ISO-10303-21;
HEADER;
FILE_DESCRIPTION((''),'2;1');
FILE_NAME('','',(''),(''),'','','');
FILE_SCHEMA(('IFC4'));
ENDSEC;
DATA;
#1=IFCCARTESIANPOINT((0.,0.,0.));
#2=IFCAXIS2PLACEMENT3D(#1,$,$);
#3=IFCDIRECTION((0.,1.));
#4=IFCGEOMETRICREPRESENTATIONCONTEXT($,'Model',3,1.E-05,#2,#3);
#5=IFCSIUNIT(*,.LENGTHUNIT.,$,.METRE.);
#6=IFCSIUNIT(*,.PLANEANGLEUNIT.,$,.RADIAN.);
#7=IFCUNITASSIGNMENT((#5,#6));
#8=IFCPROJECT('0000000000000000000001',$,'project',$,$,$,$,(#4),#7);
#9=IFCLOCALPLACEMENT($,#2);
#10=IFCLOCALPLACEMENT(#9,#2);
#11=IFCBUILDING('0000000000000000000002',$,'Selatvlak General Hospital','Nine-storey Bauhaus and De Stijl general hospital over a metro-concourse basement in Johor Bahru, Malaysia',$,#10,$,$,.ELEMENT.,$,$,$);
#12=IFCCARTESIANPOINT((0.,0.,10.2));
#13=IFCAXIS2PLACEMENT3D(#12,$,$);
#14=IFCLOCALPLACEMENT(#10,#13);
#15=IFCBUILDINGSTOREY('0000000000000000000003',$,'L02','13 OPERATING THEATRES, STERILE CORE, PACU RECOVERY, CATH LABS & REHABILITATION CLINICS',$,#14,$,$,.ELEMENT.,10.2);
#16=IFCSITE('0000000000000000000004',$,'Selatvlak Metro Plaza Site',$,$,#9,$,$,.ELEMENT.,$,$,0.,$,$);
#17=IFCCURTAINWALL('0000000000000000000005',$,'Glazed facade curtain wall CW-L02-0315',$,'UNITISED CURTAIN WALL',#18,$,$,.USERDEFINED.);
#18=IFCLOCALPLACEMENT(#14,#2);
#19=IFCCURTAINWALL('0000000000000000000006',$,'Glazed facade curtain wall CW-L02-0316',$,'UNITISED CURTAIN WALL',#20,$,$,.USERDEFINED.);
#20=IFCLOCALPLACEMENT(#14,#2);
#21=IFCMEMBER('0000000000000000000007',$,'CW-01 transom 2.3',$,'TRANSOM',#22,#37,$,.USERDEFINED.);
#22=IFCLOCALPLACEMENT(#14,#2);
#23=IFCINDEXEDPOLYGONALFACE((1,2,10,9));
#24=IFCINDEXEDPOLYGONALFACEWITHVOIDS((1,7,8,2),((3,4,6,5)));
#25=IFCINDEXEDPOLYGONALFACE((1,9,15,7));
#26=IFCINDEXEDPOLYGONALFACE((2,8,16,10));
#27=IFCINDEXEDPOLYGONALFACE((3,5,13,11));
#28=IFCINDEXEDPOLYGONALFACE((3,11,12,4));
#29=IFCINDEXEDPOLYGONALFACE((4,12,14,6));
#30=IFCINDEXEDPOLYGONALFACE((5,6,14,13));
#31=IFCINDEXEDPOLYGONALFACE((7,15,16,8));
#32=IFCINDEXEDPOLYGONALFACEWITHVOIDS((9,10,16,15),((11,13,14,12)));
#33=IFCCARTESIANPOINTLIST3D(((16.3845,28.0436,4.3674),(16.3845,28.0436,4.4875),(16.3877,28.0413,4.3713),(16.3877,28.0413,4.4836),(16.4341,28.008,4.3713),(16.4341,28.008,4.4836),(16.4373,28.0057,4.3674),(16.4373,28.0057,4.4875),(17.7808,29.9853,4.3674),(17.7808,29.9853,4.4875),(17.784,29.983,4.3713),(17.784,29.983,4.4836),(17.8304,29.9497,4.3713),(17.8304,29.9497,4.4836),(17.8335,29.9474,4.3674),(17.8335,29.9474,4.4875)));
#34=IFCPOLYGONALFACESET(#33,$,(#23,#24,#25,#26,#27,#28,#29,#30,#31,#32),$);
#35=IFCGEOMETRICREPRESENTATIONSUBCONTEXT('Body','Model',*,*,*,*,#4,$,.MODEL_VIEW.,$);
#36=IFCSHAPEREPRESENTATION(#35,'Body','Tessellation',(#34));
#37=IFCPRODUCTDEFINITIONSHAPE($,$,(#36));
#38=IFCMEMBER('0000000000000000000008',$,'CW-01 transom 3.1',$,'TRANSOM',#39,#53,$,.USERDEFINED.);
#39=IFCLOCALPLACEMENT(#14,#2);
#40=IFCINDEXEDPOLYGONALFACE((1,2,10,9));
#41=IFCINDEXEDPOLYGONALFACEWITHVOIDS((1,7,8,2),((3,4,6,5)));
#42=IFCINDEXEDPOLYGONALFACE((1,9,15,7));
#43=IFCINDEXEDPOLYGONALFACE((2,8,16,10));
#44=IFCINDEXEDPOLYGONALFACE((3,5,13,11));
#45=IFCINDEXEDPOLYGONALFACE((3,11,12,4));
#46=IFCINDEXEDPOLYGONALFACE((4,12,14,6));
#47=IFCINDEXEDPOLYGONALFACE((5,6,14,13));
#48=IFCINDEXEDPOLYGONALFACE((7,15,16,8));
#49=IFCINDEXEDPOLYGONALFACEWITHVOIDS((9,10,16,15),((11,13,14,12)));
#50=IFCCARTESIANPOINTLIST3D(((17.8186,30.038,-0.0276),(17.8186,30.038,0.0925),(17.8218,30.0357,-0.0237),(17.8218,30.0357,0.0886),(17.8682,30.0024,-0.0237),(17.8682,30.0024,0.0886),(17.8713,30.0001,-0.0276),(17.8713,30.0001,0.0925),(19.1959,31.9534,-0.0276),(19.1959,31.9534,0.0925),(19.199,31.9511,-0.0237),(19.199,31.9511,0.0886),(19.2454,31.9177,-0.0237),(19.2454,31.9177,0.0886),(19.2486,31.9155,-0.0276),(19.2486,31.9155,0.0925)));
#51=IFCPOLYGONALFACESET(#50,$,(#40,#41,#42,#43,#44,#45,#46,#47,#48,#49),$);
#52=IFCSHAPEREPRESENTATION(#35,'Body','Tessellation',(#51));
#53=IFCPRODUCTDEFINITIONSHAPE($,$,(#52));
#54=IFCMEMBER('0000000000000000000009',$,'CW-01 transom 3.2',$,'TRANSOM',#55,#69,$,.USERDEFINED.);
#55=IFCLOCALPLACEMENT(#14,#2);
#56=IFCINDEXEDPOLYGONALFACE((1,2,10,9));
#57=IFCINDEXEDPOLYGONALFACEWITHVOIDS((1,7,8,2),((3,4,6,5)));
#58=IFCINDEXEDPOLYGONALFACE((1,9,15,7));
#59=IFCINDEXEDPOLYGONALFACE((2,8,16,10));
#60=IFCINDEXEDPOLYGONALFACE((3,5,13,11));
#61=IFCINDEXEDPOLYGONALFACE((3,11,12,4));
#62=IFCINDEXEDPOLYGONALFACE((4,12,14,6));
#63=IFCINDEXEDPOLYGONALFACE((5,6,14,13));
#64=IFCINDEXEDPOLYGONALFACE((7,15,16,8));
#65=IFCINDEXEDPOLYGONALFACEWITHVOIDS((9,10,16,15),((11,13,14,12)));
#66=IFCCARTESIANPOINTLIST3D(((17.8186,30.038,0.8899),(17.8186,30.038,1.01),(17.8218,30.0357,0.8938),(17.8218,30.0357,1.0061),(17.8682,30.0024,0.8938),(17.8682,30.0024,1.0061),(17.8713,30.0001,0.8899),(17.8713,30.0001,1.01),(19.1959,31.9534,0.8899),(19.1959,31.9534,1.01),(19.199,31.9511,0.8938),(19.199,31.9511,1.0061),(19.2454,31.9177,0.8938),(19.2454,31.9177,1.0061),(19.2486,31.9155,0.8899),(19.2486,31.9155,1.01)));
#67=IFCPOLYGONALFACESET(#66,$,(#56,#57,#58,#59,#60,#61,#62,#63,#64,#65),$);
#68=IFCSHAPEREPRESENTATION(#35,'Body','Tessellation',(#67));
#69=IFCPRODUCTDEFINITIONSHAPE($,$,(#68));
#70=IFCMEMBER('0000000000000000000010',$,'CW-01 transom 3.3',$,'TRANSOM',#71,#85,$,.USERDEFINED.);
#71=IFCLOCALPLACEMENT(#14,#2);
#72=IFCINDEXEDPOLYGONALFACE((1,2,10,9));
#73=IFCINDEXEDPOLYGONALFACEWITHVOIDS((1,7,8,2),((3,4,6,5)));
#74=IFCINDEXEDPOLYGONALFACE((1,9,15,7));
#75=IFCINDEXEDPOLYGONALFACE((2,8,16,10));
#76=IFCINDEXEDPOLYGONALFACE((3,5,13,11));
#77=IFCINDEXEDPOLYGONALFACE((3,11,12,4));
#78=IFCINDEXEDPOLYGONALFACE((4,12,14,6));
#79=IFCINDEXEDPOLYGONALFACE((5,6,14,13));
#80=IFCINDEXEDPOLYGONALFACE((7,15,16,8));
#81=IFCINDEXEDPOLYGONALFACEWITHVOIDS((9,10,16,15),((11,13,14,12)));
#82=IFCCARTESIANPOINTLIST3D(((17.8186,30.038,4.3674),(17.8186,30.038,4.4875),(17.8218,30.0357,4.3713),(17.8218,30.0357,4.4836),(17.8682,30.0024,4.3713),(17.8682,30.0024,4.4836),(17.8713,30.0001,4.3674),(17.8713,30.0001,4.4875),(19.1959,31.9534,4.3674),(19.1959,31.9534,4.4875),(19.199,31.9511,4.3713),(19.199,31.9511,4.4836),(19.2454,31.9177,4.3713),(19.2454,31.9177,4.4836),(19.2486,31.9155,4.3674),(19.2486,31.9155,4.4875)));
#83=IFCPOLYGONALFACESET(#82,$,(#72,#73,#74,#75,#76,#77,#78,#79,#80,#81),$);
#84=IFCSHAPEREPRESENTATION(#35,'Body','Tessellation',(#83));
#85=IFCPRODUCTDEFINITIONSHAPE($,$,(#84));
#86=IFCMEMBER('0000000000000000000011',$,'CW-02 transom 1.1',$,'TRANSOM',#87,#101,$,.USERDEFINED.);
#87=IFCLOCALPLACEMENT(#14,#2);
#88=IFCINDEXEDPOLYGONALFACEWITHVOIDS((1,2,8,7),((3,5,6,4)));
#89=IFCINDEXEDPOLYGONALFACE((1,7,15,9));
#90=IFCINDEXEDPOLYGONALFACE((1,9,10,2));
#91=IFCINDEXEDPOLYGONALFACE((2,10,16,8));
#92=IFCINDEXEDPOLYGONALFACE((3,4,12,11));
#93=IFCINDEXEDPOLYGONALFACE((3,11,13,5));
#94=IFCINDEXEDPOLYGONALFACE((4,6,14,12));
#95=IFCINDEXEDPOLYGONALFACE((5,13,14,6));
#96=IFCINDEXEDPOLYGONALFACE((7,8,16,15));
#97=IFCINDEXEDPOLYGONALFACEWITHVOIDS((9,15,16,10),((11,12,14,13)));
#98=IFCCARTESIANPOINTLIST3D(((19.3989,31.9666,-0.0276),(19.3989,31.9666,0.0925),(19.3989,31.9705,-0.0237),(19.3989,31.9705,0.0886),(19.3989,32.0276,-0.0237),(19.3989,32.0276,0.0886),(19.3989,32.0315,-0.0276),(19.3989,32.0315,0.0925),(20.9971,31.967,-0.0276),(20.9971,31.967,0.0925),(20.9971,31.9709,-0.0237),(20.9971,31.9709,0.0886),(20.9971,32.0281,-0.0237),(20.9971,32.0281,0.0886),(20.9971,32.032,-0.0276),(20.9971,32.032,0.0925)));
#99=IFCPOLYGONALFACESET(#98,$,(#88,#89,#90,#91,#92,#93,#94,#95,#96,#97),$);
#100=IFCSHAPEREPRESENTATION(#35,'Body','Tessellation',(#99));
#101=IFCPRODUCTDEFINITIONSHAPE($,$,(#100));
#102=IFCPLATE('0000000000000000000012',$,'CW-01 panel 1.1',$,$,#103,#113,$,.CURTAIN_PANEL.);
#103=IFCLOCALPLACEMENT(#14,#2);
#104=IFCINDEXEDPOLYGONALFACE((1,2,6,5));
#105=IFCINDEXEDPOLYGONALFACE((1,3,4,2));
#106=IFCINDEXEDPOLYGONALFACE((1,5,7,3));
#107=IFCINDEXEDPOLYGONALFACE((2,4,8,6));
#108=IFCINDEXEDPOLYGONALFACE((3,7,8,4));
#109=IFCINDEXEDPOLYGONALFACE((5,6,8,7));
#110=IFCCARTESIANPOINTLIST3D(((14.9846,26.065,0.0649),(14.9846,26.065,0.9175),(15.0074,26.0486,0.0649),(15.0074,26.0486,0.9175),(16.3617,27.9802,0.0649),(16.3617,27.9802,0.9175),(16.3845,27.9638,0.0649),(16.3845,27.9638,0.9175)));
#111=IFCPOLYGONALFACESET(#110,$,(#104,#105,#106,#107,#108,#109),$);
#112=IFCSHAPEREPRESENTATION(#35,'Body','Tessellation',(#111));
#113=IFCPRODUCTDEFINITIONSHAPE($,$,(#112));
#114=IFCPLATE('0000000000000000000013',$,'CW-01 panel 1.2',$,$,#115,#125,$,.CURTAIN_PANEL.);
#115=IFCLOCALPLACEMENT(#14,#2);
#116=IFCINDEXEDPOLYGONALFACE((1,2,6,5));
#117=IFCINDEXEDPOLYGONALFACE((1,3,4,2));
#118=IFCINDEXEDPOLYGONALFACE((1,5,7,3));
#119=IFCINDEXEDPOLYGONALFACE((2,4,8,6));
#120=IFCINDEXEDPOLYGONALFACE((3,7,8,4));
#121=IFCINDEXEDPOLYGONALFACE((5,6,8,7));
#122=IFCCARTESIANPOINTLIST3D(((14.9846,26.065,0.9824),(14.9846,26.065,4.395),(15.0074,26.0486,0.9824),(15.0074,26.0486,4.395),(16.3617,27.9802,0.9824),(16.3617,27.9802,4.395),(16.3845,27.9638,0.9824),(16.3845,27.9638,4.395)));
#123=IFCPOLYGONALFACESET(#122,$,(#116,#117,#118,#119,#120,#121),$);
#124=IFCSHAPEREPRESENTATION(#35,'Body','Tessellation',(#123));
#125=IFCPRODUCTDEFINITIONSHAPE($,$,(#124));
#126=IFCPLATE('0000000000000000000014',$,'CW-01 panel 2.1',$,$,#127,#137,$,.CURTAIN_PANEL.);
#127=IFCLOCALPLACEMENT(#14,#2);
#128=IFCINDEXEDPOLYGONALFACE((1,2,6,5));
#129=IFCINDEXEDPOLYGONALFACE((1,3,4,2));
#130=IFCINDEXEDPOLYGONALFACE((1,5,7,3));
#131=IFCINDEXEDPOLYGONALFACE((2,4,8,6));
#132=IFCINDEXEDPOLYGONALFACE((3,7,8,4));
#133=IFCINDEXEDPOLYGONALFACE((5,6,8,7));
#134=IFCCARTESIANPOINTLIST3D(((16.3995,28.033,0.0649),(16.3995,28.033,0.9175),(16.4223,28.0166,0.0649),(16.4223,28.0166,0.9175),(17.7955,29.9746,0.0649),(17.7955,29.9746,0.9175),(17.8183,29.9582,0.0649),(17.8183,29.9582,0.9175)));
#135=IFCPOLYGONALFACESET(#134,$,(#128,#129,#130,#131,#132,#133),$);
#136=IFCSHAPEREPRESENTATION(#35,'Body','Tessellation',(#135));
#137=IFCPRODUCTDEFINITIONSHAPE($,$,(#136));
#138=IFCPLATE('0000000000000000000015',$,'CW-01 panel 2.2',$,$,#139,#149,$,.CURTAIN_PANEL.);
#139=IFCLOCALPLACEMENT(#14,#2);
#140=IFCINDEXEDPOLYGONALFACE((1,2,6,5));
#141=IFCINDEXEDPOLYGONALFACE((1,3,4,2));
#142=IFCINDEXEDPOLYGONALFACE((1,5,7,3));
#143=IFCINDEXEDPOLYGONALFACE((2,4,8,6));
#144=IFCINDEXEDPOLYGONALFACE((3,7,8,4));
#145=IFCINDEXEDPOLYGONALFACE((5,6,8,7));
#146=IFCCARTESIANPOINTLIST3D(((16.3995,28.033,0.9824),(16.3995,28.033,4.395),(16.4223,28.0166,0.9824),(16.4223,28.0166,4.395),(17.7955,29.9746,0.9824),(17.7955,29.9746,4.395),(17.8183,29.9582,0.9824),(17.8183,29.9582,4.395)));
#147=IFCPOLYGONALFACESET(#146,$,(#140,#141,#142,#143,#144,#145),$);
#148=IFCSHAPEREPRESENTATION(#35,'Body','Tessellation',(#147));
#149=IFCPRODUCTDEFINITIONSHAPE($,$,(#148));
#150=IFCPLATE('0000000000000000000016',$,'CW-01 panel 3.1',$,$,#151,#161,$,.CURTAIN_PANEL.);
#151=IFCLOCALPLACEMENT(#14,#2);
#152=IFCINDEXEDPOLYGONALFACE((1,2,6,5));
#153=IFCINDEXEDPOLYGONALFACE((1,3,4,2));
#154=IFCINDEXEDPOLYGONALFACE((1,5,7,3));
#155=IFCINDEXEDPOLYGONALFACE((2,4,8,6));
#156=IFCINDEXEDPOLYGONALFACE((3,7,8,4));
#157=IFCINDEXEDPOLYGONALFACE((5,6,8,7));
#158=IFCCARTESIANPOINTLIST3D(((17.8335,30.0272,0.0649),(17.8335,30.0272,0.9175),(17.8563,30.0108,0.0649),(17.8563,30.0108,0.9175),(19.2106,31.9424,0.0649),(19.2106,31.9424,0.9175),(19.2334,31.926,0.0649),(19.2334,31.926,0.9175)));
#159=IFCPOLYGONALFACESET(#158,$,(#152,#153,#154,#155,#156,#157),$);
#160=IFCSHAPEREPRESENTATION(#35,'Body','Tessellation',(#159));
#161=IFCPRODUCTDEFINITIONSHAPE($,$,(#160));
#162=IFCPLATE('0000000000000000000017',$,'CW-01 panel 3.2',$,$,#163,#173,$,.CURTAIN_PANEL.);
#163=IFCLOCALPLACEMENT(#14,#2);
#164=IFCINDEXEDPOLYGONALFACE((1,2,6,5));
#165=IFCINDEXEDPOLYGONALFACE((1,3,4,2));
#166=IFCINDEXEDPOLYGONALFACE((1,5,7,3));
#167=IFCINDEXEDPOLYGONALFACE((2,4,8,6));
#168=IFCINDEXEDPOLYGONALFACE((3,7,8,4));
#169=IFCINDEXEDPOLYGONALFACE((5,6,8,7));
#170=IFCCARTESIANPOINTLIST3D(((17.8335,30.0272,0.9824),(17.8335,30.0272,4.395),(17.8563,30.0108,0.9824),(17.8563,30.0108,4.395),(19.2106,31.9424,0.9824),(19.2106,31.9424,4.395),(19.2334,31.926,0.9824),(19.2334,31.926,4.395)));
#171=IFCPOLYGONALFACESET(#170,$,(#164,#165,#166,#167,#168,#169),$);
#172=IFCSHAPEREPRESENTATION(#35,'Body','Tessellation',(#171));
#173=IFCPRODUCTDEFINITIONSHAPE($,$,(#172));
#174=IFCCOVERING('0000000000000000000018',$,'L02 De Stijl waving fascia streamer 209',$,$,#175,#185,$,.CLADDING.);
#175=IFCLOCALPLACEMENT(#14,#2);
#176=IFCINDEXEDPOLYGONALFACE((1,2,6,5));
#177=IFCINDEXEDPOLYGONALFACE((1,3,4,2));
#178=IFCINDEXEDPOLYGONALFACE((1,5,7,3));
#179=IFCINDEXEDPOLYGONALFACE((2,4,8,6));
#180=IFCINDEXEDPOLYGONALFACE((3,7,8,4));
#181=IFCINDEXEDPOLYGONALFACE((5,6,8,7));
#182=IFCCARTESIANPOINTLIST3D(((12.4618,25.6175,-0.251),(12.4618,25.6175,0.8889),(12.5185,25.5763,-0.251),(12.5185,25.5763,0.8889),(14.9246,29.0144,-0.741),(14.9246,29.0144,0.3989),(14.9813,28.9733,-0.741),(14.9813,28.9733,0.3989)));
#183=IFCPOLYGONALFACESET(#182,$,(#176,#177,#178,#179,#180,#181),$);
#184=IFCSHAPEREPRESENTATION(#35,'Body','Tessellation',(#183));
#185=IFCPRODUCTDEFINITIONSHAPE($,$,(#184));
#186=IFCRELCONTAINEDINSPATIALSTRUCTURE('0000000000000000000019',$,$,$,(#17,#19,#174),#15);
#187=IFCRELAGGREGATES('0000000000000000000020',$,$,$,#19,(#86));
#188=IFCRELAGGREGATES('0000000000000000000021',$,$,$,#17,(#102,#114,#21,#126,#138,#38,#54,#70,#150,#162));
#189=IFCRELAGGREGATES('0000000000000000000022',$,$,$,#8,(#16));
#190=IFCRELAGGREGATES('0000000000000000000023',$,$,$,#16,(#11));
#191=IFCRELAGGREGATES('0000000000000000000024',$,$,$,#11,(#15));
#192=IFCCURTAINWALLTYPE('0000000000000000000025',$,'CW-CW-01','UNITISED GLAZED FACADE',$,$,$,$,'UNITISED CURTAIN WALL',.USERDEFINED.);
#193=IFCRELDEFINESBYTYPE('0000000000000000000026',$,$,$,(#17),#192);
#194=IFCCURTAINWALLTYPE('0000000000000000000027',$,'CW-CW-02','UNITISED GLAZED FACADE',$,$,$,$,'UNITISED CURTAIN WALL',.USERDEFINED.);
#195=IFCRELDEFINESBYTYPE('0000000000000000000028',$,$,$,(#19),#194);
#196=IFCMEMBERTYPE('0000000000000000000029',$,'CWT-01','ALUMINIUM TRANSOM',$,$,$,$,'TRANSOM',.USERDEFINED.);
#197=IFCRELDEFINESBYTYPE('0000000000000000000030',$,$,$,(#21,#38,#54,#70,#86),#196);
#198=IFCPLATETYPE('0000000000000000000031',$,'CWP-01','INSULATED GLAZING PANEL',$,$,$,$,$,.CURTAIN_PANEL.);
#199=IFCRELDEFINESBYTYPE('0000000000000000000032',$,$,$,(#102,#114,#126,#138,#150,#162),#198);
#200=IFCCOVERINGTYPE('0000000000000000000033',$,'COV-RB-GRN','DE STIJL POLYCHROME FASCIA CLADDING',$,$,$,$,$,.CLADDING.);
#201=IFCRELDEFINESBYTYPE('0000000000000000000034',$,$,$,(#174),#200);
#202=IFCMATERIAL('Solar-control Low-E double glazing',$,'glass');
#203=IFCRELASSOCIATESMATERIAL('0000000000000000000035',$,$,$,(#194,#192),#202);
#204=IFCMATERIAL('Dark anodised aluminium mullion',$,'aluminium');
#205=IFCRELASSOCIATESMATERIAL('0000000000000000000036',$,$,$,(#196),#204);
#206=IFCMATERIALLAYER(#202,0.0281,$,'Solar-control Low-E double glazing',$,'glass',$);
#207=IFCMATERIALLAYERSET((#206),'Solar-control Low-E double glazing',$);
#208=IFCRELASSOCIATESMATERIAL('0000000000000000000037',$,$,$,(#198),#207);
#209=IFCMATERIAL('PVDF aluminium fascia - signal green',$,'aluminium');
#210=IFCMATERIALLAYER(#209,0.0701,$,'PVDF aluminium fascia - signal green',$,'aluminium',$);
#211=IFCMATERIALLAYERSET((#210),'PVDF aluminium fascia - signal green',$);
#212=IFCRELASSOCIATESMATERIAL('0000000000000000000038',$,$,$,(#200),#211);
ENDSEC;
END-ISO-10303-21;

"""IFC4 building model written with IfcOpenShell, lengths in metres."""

from ifc_helpers import new_model, si_unit, direction, frame, origin, origin_2d, place, context, subcontext, project, spatial, polyline, rectangle, hollow_rectangle, outline, extrude, material, layer, layer_set, material_profile, profile_set, type_object, element, aggregate, save


model = new_model("IFC4")

# Units and contexts
model_context = context("Model", 3, precision=1e-05, world=origin(), true_north=direction((0.0, 1.0)))
body_context = subcontext(model_context, "Body", "Model", "MODEL_VIEW")
ifc_project = project(units=[si_unit("LENGTHUNIT", "METRE"), si_unit("PLANEANGLEUNIT", "RADIAN")], contexts=[model_context])

# Site, building, storey
site_placement = place(None, origin())
site = spatial("IfcSite", under=ifc_project, at=site_placement, Name="Selatvlak Metro Plaza Site", CompositionType="ELEMENT", RefElevation=0.0)
building_placement = place(site_placement, origin())
building = spatial("IfcBuilding", under=site, at=building_placement, Name="Selatvlak General Hospital", Description="Nine-storey Bauhaus and De Stijl general hospital over a metro-concourse basement in Johor Bahru, Malaysia", CompositionType="ELEMENT")
storey_placement = place(building_placement, frame((0.0, 0.0, 10.2)))
storey = spatial("IfcBuildingStorey", under=building, at=storey_placement, Name="L02", Description="13 OPERATING THEATRES, STERILE CORE, PACU RECOVERY, CATH LABS & REHABILITATION CLINICS", CompositionType="ELEMENT", Elevation=10.2)

# Shared definitions
ifc_material_1 = material(Name="Solar-control Low-E double glazing", Category="glass")
curtain_wall_type_1 = type_object("IfcCurtainWallType", Name="CW-CW-02", Description="UNITISED GLAZED FACADE", ElementType="UNITISED CURTAIN WALL", PredefinedType="USERDEFINED", material=ifc_material_1)
ifc_material_2 = material(Name="Dark anodised aluminium mullion", Category="aluminium")

# Curtain wall
curtain_wall_type_2 = type_object("IfcCurtainWallType", Name="CW-CW-01", Description="UNITISED GLAZED FACADE", ElementType="UNITISED CURTAIN WALL", PredefinedType="USERDEFINED", material=ifc_material_1)
curtain_wall_1_placement = place(storey_placement, origin())
curtain_wall_1 = element("IfcCurtainWall", 1, at=curtain_wall_1_placement, inside=storey, type_object=curtain_wall_type_2, Name="Glazed facade curtain wall CW-L02-0315", ObjectType="UNITISED CURTAIN WALL", PredefinedType="USERDEFINED")

# Curtain wall
curtain_wall_2_placement = place(storey_placement, origin())
curtain_wall_2 = element("IfcCurtainWall", 2, at=curtain_wall_2_placement, inside=storey, type_object=curtain_wall_type_1, Name="Glazed facade curtain wall CW-L02-0316", ObjectType="UNITISED CURTAIN WALL", PredefinedType="USERDEFINED")

# Members
ifc_material_profile_1 = material_profile(ifc_material_2, hollow_rectangle(XDim=0.0649, YDim=0.1201, WallThickness=0.0039, at=origin_2d()), Name="AL-TRN 65x120x4")
ifc_profile_set_1 = profile_set([ifc_material_profile_1], Name="Dark anodised aluminium mullion")
member_type_1 = type_object("IfcMemberType", Name="CWT-01", Description="ALUMINIUM TRANSOM", ElementType="TRANSOM", PredefinedType="USERDEFINED", material=ifc_profile_set_1)
member_1_placement = place(storey_placement, frame((16.4109, 28.0247, 4.4275), z_axis=(0.583823, 0.811881, 0.0), x_axis=(-0.811881, 0.583823, 0.0)))
member_1 = element("IfcMember", 3, at=member_1_placement, type_object=member_type_1, Name="CW-01 transom 2.3", ObjectType="TRANSOM", PredefinedType="USERDEFINED", context=body_context, shape_type="SweptSolid", body=[
    extrude(hollow_rectangle(XDim=0.0649, YDim=0.1201, WallThickness=0.0039, at=origin_2d()), origin(), (0.0, 0.0, 1.0), 2.3916),
])
member_2_placement = place(storey_placement, frame((17.845, 30.019, 0.0325), z_axis=(0.5838, 0.811897, 0.0), x_axis=(-0.811897, 0.5838, 0.0)))
member_2 = element("IfcMember", 4, at=member_2_placement, type_object=member_type_1, Name="CW-01 transom 3.1", ObjectType="TRANSOM", PredefinedType="USERDEFINED", context=body_context, shape_type="SweptSolid", body=[
    extrude(hollow_rectangle(XDim=0.0649, YDim=0.1201, WallThickness=0.0039, at=origin_2d()), origin(), (0.0, 0.0, 1.0), 2.3591),
])
member_3_placement = place(storey_placement, frame((17.845, 30.019, 0.95), z_axis=(0.5838, 0.811897, 0.0), x_axis=(-0.811897, 0.5838, 0.0)))
member_3 = element("IfcMember", 5, at=member_3_placement, type_object=member_type_1, Name="CW-01 transom 3.2", ObjectType="TRANSOM", PredefinedType="USERDEFINED", context=body_context, shape_type="SweptSolid", body=[
    extrude(hollow_rectangle(XDim=0.0649, YDim=0.1201, WallThickness=0.0039, at=origin_2d()), origin(), (0.0, 0.0, 1.0), 2.3591),
])
member_4_placement = place(storey_placement, frame((17.845, 30.019, 4.4275), z_axis=(0.5838, 0.811897, 0.0), x_axis=(-0.811897, 0.5838, 0.0)))
member_4 = element("IfcMember", 6, at=member_4_placement, type_object=member_type_1, Name="CW-01 transom 3.3", ObjectType="TRANSOM", PredefinedType="USERDEFINED", context=body_context, shape_type="SweptSolid", body=[
    extrude(hollow_rectangle(XDim=0.0649, YDim=0.1201, WallThickness=0.0039, at=origin_2d()), origin(), (0.0, 0.0, 1.0), 2.3591),
])
member_5_placement = place(storey_placement, frame((19.3989, 31.999, 0.0325), z_axis=(1.0, 0.000306, 0.0), x_axis=(-0.000306, 1.0, 0.0)))
member_5 = element("IfcMember", 7, at=member_5_placement, type_object=member_type_1, Name="CW-02 transom 1.1", ObjectType="TRANSOM", PredefinedType="USERDEFINED", context=body_context, shape_type="SweptSolid", body=[
    extrude(hollow_rectangle(XDim=0.0649, YDim=0.1201, WallThickness=0.0039, at=origin_2d()), origin(), (0.0, 0.0, 1.0), 1.5981),
])
aggregate(curtain_wall_2, [member_5])

# Plates
ifc_layer_1 = layer(ifc_material_1, 0.0281, Name="Solar-control Low-E double glazing", Category="glass")
ifc_layer_set_1 = layer_set([ifc_layer_1], Name="Solar-control Low-E double glazing")
plate_type = type_object("IfcPlateType", Name="CWP-01", Description="INSULATED GLAZING PANEL", PredefinedType="CURTAIN_PANEL", material=ifc_layer_set_1)
plate_1_placement = place(storey_placement, frame((15.6846, 27.0144, 0.0649), z_axis=(0.0, 0.0, 1.0), x_axis=(0.58379, 0.811905, 0.0)))
plate_1 = element("IfcPlate", 8, at=plate_1_placement, type_object=plate_type, Name="CW-01 panel 1.1", PredefinedType="CURTAIN_PANEL", context=body_context, shape_type="SweptSolid", body=[
    extrude(rectangle(XDim=2.3589, YDim=0.0281, at=origin_2d()), origin(), (0.0, 0.0, 1.0), 0.8525),
])
plate_2_placement = place(storey_placement, frame((15.6846, 27.0144, 0.9824), z_axis=(0.0, 0.0, 1.0), x_axis=(0.58379, 0.811905, 0.0)))
plate_2 = element("IfcPlate", 9, at=plate_2_placement, type_object=plate_type, Name="CW-01 panel 1.2", PredefinedType="CURTAIN_PANEL", context=body_context, shape_type="SweptSolid", body=[
    extrude(rectangle(XDim=2.3589, YDim=0.0281, at=origin_2d()), origin(), (0.0, 0.0, 1.0), 3.4126),
])
plate_3_placement = place(storey_placement, frame((17.1089, 28.9956, 0.0649), z_axis=(0.0, 0.0, 1.0), x_axis=(0.58379, 0.811905, 0.0)))
plate_3 = element("IfcPlate", 10, at=plate_3_placement, type_object=plate_type, Name="CW-01 panel 2.1", PredefinedType="CURTAIN_PANEL", context=body_context, shape_type="SweptSolid", body=[
    extrude(rectangle(XDim=2.3914, YDim=0.0281, at=origin_2d()), origin(), (0.0, 0.0, 1.0), 0.8525),
])
plate_4_placement = place(storey_placement, frame((17.1089, 28.9956, 0.9824), z_axis=(0.0, 0.0, 1.0), x_axis=(0.58379, 0.811905, 0.0)))
plate_4 = element("IfcPlate", 11, at=plate_4_placement, type_object=plate_type, Name="CW-01 panel 2.2", PredefinedType="CURTAIN_PANEL", context=body_context, shape_type="SweptSolid", body=[
    extrude(rectangle(XDim=2.3914, YDim=0.0281, at=origin_2d()), origin(), (0.0, 0.0, 1.0), 3.4126),
])
plate_5_placement = place(storey_placement, frame((18.5334, 30.9766, 0.0649), z_axis=(0.0, 0.0, 1.0), x_axis=(0.58379, 0.811905, 0.0)))
plate_5 = element("IfcPlate", 12, at=plate_5_placement, type_object=plate_type, Name="CW-01 panel 3.1", PredefinedType="CURTAIN_PANEL", context=body_context, shape_type="SweptSolid", body=[
    extrude(rectangle(XDim=2.3589, YDim=0.0281, at=origin_2d()), origin(), (0.0, 0.0, 1.0), 0.8525),
])
plate_6_placement = place(storey_placement, frame((18.5334, 30.9766, 0.9824), z_axis=(0.0, 0.0, 1.0), x_axis=(0.58379, 0.811905, 0.0)))
plate_6 = element("IfcPlate", 13, at=plate_6_placement, type_object=plate_type, Name="CW-01 panel 3.2", PredefinedType="CURTAIN_PANEL", context=body_context, shape_type="SweptSolid", body=[
    extrude(rectangle(XDim=2.3589, YDim=0.0281, at=origin_2d()), origin(), (0.0, 0.0, 1.0), 3.4126),
])
aggregate(curtain_wall_1, [plate_1, plate_2, member_1, plate_3, plate_4, member_2, member_3, member_4, plate_5, plate_6])

# Covering
ifc_material_3 = material(Name="PVDF aluminium fascia - signal green", Category="aluminium")
ifc_layer_2 = layer(ifc_material_3, 0.0701, Name="PVDF aluminium fascia - signal green", Category="aluminium")
ifc_layer_set_2 = layer_set([ifc_layer_2], Name="PVDF aluminium fascia - signal green")
covering_type = type_object("IfcCoveringType", Name="COV-RB-GRN", Description="DE STIJL POLYCHROME FASCIA CLADDING", PredefinedType="CLADDING", material=ifc_layer_set_2)
covering_1_placement = place(storey_placement, frame((14.9529, 28.9939, -0.741), z_axis=(0.0, 0.0, 1.0), x_axis=(-0.586981, -0.809601, 0.0)))
element("IfcCovering", 14, at=covering_1_placement, inside=storey, type_object=covering_type, Name="L02 De Stijl waving fascia streamer 209", PredefinedType="CLADDING", context=body_context, shape_type="SweptSolid", body=[
    extrude(outline(polyline([(0.0, 0.0), (4.1958, 0.49), (4.1958, 1.6299), (0.0, 1.1399), (0.0, 0.0)])), frame((0.0, 0.0352, 0.0), z_axis=(0.0, -1.0, 0.0), x_axis=(1.0, 0.0, 0.0)), (0.0, 0.0, 1.0), 0.0701),
])

save(model, "model.ifc")
